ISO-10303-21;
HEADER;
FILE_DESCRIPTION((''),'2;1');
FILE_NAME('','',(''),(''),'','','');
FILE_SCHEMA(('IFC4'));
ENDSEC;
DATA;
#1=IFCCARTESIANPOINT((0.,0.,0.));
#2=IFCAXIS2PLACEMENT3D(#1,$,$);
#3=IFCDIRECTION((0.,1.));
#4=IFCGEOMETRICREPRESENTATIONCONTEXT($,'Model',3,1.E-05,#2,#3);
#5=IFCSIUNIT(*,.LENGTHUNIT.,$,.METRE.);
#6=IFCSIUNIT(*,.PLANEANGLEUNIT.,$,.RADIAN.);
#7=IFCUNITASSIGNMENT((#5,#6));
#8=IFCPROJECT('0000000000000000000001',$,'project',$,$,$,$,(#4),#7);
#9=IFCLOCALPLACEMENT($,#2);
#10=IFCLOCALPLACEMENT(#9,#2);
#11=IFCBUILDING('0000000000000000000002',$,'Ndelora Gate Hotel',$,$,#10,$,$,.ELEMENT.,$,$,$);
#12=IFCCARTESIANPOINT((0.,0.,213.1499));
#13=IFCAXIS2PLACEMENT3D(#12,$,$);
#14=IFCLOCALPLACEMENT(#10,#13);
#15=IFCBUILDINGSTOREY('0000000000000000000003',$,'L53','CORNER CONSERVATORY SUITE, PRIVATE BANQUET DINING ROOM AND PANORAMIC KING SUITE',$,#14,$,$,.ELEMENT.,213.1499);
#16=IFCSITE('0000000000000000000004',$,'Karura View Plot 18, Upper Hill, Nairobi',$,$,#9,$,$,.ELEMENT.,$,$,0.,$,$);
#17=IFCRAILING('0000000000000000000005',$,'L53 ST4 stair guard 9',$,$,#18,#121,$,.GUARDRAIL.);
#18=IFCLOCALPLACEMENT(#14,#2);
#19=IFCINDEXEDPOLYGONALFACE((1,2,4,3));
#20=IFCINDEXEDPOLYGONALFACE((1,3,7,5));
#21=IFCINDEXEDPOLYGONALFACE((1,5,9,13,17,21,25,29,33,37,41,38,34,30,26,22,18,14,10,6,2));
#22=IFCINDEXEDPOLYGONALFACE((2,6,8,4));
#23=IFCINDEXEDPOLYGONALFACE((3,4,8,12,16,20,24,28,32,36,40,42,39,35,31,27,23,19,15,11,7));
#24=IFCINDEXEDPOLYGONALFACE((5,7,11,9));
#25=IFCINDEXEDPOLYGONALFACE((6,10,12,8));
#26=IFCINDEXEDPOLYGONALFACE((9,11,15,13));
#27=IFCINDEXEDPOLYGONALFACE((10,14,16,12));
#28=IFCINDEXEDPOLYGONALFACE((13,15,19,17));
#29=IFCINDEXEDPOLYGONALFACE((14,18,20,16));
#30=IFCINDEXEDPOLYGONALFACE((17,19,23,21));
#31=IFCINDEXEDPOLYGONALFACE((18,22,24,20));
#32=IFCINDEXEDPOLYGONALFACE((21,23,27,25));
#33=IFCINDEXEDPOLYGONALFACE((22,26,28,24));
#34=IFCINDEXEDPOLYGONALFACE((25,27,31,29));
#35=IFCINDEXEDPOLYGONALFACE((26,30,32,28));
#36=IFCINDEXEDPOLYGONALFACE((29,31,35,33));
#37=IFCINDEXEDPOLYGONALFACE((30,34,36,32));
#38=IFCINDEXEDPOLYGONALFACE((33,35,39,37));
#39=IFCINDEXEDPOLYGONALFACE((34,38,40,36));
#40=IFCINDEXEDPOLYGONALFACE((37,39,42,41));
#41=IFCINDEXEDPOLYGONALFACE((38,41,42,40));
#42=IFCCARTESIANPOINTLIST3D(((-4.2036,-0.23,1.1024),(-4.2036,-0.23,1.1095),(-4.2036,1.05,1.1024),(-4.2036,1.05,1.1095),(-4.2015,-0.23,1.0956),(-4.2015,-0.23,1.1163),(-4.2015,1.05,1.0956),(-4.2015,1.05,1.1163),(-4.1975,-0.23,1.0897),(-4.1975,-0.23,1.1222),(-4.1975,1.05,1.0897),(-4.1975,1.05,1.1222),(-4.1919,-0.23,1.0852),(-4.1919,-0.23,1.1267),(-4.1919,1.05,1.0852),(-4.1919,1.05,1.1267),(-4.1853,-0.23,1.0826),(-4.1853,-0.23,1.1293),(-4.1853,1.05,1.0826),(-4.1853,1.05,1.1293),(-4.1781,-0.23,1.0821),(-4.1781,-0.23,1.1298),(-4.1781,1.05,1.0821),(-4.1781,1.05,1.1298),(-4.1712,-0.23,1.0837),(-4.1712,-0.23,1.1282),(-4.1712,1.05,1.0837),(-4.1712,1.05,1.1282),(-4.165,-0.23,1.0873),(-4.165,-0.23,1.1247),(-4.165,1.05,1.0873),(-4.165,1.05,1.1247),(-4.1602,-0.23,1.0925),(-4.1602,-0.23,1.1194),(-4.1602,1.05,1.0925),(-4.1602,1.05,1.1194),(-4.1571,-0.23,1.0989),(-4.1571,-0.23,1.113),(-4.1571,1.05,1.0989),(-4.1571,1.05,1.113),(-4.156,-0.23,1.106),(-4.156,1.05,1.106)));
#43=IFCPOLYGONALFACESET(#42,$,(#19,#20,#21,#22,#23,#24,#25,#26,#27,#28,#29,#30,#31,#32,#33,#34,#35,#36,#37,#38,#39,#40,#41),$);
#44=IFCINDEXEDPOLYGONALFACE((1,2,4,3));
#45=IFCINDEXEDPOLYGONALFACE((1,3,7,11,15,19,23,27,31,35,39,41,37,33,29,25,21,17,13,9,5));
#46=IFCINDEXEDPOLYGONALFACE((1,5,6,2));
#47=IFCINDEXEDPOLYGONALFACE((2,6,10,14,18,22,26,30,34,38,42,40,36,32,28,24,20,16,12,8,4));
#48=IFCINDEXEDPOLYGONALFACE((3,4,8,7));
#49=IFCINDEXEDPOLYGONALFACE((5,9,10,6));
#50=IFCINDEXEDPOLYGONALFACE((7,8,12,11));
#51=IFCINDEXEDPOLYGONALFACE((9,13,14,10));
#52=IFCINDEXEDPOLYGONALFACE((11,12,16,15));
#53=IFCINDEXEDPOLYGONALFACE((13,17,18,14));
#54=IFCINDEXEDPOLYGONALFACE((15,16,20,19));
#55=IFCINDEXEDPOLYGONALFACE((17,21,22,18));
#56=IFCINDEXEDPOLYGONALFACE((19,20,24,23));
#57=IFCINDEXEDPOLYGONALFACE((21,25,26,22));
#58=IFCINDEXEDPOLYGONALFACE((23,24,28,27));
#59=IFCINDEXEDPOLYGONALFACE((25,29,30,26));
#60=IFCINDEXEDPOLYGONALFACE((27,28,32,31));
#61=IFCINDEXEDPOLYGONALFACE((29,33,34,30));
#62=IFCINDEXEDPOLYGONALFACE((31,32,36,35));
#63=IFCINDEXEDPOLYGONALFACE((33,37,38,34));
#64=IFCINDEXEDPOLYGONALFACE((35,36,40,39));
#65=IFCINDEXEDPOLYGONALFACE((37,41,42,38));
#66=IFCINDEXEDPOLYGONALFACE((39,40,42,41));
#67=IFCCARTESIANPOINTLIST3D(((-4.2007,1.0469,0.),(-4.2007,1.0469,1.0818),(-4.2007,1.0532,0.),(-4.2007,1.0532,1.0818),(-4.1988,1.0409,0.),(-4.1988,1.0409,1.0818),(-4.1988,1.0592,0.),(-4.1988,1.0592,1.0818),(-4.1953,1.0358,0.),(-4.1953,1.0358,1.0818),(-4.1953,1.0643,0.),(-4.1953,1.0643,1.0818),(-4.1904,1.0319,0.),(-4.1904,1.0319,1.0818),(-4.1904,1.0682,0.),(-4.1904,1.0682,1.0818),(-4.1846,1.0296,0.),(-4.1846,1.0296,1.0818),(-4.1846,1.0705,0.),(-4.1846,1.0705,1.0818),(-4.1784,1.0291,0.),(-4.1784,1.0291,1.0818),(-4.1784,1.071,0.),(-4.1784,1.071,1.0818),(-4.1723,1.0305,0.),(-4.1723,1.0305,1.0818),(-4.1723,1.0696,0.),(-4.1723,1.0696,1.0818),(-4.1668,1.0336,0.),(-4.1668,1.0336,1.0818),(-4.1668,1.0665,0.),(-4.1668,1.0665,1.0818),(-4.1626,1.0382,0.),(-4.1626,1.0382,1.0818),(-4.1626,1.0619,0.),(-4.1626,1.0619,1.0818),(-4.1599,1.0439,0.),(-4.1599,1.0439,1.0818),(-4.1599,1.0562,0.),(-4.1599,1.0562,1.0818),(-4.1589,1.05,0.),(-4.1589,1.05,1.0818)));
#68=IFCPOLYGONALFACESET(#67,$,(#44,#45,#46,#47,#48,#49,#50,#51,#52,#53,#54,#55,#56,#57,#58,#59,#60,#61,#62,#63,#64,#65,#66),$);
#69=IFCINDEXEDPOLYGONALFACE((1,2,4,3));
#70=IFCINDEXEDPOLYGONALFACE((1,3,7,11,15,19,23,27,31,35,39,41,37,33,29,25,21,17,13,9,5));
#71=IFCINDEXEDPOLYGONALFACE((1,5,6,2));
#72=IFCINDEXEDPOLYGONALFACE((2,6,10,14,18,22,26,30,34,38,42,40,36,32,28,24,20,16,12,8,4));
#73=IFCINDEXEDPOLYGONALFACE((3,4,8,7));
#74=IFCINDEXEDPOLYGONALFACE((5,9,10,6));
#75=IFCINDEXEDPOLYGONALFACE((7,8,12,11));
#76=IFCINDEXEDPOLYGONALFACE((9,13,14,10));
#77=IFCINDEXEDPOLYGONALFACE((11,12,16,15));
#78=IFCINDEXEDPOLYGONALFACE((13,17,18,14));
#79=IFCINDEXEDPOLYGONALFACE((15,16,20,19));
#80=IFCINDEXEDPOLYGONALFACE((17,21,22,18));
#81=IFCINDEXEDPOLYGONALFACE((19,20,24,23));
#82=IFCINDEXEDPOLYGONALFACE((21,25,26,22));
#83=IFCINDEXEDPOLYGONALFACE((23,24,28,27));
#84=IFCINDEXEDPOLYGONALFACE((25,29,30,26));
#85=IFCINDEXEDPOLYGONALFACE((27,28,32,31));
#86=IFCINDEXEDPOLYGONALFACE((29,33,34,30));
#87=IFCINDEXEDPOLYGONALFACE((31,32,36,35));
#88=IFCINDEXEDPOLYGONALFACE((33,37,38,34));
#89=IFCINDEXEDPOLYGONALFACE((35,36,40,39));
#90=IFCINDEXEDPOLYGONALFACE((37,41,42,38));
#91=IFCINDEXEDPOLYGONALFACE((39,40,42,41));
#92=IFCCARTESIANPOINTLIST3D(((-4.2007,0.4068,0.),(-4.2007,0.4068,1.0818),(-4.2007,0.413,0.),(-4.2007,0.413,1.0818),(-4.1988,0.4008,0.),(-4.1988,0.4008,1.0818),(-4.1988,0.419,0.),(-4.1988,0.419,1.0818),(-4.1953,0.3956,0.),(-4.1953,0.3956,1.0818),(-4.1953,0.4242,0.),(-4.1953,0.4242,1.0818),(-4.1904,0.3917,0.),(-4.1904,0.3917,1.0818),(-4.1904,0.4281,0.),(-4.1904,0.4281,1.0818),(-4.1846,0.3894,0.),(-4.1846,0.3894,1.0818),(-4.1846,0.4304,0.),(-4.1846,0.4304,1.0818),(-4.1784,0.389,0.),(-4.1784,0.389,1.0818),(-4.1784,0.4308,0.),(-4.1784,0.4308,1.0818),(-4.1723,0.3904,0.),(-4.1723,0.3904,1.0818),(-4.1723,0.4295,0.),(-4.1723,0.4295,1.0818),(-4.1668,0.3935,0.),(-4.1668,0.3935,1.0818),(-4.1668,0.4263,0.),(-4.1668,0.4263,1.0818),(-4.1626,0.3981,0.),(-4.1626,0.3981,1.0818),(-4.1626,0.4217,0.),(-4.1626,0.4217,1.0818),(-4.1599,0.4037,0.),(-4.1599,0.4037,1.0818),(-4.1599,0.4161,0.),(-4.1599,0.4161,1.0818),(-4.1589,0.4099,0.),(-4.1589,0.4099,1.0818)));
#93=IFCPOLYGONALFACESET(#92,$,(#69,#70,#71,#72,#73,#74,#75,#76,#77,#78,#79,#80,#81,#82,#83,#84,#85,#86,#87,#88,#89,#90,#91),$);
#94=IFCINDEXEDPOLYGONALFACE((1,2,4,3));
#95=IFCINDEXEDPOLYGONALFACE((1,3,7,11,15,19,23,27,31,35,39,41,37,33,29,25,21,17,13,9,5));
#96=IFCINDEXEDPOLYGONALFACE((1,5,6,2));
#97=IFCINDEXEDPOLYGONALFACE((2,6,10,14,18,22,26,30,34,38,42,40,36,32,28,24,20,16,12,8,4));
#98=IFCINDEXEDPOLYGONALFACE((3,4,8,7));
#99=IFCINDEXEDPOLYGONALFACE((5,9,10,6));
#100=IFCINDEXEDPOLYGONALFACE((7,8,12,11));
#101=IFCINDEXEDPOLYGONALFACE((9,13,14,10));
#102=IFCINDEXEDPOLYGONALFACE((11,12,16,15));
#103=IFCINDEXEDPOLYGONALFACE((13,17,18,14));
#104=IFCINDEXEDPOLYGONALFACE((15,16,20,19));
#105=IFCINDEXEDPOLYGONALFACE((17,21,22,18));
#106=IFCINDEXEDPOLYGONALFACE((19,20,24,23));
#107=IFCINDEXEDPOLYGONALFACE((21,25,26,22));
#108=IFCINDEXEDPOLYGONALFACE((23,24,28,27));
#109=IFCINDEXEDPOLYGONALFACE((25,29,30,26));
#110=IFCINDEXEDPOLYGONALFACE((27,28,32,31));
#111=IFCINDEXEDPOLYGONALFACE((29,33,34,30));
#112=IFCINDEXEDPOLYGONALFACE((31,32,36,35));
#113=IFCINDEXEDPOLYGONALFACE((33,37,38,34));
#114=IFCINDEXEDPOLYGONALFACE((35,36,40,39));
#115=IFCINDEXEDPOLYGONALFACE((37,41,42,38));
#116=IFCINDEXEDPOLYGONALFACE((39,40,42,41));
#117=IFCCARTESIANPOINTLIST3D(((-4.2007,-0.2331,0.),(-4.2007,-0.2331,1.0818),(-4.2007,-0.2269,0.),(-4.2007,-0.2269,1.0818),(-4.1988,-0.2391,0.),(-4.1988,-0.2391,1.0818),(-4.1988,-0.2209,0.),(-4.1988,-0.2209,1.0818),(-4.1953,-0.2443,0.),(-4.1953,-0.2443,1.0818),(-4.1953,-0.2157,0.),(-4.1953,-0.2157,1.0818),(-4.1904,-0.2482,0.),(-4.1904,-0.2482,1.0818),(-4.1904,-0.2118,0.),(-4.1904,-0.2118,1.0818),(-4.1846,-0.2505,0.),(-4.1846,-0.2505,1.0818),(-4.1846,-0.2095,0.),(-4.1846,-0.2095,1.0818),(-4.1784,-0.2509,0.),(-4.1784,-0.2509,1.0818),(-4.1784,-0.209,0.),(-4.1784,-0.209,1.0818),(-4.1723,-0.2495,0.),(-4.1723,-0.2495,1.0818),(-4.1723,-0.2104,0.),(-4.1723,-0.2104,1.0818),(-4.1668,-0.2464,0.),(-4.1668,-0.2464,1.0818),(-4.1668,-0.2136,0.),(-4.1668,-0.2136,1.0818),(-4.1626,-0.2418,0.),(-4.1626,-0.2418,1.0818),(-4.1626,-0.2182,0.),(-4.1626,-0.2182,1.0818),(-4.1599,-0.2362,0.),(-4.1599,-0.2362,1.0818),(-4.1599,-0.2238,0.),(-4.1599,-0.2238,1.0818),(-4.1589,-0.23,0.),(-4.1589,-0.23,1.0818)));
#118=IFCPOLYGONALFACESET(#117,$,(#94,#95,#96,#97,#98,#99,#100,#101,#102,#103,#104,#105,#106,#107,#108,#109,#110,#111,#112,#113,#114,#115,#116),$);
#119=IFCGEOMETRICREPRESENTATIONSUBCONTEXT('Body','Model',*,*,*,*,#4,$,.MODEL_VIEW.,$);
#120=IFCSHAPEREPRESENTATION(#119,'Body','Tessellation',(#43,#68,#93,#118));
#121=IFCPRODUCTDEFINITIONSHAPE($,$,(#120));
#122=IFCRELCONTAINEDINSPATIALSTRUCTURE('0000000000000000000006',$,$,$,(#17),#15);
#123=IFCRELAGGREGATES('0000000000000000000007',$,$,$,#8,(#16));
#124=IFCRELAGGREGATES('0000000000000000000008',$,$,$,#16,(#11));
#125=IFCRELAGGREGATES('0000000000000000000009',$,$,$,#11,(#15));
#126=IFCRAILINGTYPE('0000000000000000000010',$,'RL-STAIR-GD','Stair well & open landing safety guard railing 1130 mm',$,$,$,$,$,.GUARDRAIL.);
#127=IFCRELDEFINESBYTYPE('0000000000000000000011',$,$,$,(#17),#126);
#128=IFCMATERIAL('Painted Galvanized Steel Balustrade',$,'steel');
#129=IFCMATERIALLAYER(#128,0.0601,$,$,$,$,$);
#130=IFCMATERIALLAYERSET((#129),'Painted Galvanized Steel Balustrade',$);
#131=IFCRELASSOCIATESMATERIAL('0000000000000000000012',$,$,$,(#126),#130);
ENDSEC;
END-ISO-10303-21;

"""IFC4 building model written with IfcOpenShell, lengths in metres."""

from ifc_helpers import new_model, si_unit, direction, frame, origin, origin_2d, place, context, subcontext, project, spatial, circle, extrude, material, layer, layer_set, type_object, element, save


model = new_model("IFC4")

# Units and contexts
model_context = context("Model", 3, precision=1e-05, world=origin(), true_north=direction((0.0, 1.0)))
body_context = subcontext(model_context, "Body", "Model", "MODEL_VIEW")
ifc_project = project(units=[si_unit("LENGTHUNIT", "METRE"), si_unit("PLANEANGLEUNIT", "RADIAN")], contexts=[model_context])

# Site, building, storey
site_placement = place(None, origin())
site = spatial("IfcSite", under=ifc_project, at=site_placement, Name="Karura View Plot 18, Upper Hill, Nairobi", CompositionType="ELEMENT", RefElevation=0.0)
building_placement = place(site_placement, origin())
building = spatial("IfcBuilding", under=site, at=building_placement, Name="Ndelora Gate Hotel", CompositionType="ELEMENT")
storey_placement = place(building_placement, frame((0.0, 0.0, 213.1499)))
storey = spatial("IfcBuildingStorey", under=building, at=storey_placement, Name="L53", Description="CORNER CONSERVATORY SUITE, PRIVATE BANQUET DINING ROOM AND PANORAMIC KING SUITE", CompositionType="ELEMENT", Elevation=213.1499)

# Railing
ifc_material_1 = material(Name="Painted Galvanized Steel Balustrade", Category="steel")
ifc_layer_1 = layer(ifc_material_1, 0.0601)
ifc_layer_set_1 = layer_set([ifc_layer_1], Name="Painted Galvanized Steel Balustrade")
railing_type = type_object("IfcRailingType", Name="RL-STAIR-GD", Description="Stair well & open landing safety guard railing 1130 mm", PredefinedType="GUARDRAIL", material=ifc_layer_set_1)
for number, where, name in (
    (1, (-4.1799, 1.05, 0.0), "L53 ST4 stair guard 9"),
):
    element("IfcRailing", number, at=place(storey_placement, frame(where)), inside=storey, type_object=railing_type, Name=name, PredefinedType="GUARDRAIL", context=body_context, shape_type="SweptSolid", body=[
        extrude(circle(Radius=0.0239, at=origin_2d()), frame((0.0, 0.0, 1.106), z_axis=(0.0, -1.0, 0.0), x_axis=(1.0, 0.0, 0.0)), (0.0, 0.0, 1.0), 1.28),
        extrude(circle(Radius=0.021, at=origin_2d()), origin(), (0.0, 0.0, 1.0), 1.0818),
        extrude(circle(Radius=0.021, at=origin_2d()), frame((0.0, -0.6401, 0.0)), (0.0, 0.0, 1.0), 1.0818),
        extrude(circle(Radius=0.021, at=origin_2d()), frame((0.0, -1.28, 0.0)), (0.0, 0.0, 1.0), 1.0818),
    ])

save(model, "model.ifc")
